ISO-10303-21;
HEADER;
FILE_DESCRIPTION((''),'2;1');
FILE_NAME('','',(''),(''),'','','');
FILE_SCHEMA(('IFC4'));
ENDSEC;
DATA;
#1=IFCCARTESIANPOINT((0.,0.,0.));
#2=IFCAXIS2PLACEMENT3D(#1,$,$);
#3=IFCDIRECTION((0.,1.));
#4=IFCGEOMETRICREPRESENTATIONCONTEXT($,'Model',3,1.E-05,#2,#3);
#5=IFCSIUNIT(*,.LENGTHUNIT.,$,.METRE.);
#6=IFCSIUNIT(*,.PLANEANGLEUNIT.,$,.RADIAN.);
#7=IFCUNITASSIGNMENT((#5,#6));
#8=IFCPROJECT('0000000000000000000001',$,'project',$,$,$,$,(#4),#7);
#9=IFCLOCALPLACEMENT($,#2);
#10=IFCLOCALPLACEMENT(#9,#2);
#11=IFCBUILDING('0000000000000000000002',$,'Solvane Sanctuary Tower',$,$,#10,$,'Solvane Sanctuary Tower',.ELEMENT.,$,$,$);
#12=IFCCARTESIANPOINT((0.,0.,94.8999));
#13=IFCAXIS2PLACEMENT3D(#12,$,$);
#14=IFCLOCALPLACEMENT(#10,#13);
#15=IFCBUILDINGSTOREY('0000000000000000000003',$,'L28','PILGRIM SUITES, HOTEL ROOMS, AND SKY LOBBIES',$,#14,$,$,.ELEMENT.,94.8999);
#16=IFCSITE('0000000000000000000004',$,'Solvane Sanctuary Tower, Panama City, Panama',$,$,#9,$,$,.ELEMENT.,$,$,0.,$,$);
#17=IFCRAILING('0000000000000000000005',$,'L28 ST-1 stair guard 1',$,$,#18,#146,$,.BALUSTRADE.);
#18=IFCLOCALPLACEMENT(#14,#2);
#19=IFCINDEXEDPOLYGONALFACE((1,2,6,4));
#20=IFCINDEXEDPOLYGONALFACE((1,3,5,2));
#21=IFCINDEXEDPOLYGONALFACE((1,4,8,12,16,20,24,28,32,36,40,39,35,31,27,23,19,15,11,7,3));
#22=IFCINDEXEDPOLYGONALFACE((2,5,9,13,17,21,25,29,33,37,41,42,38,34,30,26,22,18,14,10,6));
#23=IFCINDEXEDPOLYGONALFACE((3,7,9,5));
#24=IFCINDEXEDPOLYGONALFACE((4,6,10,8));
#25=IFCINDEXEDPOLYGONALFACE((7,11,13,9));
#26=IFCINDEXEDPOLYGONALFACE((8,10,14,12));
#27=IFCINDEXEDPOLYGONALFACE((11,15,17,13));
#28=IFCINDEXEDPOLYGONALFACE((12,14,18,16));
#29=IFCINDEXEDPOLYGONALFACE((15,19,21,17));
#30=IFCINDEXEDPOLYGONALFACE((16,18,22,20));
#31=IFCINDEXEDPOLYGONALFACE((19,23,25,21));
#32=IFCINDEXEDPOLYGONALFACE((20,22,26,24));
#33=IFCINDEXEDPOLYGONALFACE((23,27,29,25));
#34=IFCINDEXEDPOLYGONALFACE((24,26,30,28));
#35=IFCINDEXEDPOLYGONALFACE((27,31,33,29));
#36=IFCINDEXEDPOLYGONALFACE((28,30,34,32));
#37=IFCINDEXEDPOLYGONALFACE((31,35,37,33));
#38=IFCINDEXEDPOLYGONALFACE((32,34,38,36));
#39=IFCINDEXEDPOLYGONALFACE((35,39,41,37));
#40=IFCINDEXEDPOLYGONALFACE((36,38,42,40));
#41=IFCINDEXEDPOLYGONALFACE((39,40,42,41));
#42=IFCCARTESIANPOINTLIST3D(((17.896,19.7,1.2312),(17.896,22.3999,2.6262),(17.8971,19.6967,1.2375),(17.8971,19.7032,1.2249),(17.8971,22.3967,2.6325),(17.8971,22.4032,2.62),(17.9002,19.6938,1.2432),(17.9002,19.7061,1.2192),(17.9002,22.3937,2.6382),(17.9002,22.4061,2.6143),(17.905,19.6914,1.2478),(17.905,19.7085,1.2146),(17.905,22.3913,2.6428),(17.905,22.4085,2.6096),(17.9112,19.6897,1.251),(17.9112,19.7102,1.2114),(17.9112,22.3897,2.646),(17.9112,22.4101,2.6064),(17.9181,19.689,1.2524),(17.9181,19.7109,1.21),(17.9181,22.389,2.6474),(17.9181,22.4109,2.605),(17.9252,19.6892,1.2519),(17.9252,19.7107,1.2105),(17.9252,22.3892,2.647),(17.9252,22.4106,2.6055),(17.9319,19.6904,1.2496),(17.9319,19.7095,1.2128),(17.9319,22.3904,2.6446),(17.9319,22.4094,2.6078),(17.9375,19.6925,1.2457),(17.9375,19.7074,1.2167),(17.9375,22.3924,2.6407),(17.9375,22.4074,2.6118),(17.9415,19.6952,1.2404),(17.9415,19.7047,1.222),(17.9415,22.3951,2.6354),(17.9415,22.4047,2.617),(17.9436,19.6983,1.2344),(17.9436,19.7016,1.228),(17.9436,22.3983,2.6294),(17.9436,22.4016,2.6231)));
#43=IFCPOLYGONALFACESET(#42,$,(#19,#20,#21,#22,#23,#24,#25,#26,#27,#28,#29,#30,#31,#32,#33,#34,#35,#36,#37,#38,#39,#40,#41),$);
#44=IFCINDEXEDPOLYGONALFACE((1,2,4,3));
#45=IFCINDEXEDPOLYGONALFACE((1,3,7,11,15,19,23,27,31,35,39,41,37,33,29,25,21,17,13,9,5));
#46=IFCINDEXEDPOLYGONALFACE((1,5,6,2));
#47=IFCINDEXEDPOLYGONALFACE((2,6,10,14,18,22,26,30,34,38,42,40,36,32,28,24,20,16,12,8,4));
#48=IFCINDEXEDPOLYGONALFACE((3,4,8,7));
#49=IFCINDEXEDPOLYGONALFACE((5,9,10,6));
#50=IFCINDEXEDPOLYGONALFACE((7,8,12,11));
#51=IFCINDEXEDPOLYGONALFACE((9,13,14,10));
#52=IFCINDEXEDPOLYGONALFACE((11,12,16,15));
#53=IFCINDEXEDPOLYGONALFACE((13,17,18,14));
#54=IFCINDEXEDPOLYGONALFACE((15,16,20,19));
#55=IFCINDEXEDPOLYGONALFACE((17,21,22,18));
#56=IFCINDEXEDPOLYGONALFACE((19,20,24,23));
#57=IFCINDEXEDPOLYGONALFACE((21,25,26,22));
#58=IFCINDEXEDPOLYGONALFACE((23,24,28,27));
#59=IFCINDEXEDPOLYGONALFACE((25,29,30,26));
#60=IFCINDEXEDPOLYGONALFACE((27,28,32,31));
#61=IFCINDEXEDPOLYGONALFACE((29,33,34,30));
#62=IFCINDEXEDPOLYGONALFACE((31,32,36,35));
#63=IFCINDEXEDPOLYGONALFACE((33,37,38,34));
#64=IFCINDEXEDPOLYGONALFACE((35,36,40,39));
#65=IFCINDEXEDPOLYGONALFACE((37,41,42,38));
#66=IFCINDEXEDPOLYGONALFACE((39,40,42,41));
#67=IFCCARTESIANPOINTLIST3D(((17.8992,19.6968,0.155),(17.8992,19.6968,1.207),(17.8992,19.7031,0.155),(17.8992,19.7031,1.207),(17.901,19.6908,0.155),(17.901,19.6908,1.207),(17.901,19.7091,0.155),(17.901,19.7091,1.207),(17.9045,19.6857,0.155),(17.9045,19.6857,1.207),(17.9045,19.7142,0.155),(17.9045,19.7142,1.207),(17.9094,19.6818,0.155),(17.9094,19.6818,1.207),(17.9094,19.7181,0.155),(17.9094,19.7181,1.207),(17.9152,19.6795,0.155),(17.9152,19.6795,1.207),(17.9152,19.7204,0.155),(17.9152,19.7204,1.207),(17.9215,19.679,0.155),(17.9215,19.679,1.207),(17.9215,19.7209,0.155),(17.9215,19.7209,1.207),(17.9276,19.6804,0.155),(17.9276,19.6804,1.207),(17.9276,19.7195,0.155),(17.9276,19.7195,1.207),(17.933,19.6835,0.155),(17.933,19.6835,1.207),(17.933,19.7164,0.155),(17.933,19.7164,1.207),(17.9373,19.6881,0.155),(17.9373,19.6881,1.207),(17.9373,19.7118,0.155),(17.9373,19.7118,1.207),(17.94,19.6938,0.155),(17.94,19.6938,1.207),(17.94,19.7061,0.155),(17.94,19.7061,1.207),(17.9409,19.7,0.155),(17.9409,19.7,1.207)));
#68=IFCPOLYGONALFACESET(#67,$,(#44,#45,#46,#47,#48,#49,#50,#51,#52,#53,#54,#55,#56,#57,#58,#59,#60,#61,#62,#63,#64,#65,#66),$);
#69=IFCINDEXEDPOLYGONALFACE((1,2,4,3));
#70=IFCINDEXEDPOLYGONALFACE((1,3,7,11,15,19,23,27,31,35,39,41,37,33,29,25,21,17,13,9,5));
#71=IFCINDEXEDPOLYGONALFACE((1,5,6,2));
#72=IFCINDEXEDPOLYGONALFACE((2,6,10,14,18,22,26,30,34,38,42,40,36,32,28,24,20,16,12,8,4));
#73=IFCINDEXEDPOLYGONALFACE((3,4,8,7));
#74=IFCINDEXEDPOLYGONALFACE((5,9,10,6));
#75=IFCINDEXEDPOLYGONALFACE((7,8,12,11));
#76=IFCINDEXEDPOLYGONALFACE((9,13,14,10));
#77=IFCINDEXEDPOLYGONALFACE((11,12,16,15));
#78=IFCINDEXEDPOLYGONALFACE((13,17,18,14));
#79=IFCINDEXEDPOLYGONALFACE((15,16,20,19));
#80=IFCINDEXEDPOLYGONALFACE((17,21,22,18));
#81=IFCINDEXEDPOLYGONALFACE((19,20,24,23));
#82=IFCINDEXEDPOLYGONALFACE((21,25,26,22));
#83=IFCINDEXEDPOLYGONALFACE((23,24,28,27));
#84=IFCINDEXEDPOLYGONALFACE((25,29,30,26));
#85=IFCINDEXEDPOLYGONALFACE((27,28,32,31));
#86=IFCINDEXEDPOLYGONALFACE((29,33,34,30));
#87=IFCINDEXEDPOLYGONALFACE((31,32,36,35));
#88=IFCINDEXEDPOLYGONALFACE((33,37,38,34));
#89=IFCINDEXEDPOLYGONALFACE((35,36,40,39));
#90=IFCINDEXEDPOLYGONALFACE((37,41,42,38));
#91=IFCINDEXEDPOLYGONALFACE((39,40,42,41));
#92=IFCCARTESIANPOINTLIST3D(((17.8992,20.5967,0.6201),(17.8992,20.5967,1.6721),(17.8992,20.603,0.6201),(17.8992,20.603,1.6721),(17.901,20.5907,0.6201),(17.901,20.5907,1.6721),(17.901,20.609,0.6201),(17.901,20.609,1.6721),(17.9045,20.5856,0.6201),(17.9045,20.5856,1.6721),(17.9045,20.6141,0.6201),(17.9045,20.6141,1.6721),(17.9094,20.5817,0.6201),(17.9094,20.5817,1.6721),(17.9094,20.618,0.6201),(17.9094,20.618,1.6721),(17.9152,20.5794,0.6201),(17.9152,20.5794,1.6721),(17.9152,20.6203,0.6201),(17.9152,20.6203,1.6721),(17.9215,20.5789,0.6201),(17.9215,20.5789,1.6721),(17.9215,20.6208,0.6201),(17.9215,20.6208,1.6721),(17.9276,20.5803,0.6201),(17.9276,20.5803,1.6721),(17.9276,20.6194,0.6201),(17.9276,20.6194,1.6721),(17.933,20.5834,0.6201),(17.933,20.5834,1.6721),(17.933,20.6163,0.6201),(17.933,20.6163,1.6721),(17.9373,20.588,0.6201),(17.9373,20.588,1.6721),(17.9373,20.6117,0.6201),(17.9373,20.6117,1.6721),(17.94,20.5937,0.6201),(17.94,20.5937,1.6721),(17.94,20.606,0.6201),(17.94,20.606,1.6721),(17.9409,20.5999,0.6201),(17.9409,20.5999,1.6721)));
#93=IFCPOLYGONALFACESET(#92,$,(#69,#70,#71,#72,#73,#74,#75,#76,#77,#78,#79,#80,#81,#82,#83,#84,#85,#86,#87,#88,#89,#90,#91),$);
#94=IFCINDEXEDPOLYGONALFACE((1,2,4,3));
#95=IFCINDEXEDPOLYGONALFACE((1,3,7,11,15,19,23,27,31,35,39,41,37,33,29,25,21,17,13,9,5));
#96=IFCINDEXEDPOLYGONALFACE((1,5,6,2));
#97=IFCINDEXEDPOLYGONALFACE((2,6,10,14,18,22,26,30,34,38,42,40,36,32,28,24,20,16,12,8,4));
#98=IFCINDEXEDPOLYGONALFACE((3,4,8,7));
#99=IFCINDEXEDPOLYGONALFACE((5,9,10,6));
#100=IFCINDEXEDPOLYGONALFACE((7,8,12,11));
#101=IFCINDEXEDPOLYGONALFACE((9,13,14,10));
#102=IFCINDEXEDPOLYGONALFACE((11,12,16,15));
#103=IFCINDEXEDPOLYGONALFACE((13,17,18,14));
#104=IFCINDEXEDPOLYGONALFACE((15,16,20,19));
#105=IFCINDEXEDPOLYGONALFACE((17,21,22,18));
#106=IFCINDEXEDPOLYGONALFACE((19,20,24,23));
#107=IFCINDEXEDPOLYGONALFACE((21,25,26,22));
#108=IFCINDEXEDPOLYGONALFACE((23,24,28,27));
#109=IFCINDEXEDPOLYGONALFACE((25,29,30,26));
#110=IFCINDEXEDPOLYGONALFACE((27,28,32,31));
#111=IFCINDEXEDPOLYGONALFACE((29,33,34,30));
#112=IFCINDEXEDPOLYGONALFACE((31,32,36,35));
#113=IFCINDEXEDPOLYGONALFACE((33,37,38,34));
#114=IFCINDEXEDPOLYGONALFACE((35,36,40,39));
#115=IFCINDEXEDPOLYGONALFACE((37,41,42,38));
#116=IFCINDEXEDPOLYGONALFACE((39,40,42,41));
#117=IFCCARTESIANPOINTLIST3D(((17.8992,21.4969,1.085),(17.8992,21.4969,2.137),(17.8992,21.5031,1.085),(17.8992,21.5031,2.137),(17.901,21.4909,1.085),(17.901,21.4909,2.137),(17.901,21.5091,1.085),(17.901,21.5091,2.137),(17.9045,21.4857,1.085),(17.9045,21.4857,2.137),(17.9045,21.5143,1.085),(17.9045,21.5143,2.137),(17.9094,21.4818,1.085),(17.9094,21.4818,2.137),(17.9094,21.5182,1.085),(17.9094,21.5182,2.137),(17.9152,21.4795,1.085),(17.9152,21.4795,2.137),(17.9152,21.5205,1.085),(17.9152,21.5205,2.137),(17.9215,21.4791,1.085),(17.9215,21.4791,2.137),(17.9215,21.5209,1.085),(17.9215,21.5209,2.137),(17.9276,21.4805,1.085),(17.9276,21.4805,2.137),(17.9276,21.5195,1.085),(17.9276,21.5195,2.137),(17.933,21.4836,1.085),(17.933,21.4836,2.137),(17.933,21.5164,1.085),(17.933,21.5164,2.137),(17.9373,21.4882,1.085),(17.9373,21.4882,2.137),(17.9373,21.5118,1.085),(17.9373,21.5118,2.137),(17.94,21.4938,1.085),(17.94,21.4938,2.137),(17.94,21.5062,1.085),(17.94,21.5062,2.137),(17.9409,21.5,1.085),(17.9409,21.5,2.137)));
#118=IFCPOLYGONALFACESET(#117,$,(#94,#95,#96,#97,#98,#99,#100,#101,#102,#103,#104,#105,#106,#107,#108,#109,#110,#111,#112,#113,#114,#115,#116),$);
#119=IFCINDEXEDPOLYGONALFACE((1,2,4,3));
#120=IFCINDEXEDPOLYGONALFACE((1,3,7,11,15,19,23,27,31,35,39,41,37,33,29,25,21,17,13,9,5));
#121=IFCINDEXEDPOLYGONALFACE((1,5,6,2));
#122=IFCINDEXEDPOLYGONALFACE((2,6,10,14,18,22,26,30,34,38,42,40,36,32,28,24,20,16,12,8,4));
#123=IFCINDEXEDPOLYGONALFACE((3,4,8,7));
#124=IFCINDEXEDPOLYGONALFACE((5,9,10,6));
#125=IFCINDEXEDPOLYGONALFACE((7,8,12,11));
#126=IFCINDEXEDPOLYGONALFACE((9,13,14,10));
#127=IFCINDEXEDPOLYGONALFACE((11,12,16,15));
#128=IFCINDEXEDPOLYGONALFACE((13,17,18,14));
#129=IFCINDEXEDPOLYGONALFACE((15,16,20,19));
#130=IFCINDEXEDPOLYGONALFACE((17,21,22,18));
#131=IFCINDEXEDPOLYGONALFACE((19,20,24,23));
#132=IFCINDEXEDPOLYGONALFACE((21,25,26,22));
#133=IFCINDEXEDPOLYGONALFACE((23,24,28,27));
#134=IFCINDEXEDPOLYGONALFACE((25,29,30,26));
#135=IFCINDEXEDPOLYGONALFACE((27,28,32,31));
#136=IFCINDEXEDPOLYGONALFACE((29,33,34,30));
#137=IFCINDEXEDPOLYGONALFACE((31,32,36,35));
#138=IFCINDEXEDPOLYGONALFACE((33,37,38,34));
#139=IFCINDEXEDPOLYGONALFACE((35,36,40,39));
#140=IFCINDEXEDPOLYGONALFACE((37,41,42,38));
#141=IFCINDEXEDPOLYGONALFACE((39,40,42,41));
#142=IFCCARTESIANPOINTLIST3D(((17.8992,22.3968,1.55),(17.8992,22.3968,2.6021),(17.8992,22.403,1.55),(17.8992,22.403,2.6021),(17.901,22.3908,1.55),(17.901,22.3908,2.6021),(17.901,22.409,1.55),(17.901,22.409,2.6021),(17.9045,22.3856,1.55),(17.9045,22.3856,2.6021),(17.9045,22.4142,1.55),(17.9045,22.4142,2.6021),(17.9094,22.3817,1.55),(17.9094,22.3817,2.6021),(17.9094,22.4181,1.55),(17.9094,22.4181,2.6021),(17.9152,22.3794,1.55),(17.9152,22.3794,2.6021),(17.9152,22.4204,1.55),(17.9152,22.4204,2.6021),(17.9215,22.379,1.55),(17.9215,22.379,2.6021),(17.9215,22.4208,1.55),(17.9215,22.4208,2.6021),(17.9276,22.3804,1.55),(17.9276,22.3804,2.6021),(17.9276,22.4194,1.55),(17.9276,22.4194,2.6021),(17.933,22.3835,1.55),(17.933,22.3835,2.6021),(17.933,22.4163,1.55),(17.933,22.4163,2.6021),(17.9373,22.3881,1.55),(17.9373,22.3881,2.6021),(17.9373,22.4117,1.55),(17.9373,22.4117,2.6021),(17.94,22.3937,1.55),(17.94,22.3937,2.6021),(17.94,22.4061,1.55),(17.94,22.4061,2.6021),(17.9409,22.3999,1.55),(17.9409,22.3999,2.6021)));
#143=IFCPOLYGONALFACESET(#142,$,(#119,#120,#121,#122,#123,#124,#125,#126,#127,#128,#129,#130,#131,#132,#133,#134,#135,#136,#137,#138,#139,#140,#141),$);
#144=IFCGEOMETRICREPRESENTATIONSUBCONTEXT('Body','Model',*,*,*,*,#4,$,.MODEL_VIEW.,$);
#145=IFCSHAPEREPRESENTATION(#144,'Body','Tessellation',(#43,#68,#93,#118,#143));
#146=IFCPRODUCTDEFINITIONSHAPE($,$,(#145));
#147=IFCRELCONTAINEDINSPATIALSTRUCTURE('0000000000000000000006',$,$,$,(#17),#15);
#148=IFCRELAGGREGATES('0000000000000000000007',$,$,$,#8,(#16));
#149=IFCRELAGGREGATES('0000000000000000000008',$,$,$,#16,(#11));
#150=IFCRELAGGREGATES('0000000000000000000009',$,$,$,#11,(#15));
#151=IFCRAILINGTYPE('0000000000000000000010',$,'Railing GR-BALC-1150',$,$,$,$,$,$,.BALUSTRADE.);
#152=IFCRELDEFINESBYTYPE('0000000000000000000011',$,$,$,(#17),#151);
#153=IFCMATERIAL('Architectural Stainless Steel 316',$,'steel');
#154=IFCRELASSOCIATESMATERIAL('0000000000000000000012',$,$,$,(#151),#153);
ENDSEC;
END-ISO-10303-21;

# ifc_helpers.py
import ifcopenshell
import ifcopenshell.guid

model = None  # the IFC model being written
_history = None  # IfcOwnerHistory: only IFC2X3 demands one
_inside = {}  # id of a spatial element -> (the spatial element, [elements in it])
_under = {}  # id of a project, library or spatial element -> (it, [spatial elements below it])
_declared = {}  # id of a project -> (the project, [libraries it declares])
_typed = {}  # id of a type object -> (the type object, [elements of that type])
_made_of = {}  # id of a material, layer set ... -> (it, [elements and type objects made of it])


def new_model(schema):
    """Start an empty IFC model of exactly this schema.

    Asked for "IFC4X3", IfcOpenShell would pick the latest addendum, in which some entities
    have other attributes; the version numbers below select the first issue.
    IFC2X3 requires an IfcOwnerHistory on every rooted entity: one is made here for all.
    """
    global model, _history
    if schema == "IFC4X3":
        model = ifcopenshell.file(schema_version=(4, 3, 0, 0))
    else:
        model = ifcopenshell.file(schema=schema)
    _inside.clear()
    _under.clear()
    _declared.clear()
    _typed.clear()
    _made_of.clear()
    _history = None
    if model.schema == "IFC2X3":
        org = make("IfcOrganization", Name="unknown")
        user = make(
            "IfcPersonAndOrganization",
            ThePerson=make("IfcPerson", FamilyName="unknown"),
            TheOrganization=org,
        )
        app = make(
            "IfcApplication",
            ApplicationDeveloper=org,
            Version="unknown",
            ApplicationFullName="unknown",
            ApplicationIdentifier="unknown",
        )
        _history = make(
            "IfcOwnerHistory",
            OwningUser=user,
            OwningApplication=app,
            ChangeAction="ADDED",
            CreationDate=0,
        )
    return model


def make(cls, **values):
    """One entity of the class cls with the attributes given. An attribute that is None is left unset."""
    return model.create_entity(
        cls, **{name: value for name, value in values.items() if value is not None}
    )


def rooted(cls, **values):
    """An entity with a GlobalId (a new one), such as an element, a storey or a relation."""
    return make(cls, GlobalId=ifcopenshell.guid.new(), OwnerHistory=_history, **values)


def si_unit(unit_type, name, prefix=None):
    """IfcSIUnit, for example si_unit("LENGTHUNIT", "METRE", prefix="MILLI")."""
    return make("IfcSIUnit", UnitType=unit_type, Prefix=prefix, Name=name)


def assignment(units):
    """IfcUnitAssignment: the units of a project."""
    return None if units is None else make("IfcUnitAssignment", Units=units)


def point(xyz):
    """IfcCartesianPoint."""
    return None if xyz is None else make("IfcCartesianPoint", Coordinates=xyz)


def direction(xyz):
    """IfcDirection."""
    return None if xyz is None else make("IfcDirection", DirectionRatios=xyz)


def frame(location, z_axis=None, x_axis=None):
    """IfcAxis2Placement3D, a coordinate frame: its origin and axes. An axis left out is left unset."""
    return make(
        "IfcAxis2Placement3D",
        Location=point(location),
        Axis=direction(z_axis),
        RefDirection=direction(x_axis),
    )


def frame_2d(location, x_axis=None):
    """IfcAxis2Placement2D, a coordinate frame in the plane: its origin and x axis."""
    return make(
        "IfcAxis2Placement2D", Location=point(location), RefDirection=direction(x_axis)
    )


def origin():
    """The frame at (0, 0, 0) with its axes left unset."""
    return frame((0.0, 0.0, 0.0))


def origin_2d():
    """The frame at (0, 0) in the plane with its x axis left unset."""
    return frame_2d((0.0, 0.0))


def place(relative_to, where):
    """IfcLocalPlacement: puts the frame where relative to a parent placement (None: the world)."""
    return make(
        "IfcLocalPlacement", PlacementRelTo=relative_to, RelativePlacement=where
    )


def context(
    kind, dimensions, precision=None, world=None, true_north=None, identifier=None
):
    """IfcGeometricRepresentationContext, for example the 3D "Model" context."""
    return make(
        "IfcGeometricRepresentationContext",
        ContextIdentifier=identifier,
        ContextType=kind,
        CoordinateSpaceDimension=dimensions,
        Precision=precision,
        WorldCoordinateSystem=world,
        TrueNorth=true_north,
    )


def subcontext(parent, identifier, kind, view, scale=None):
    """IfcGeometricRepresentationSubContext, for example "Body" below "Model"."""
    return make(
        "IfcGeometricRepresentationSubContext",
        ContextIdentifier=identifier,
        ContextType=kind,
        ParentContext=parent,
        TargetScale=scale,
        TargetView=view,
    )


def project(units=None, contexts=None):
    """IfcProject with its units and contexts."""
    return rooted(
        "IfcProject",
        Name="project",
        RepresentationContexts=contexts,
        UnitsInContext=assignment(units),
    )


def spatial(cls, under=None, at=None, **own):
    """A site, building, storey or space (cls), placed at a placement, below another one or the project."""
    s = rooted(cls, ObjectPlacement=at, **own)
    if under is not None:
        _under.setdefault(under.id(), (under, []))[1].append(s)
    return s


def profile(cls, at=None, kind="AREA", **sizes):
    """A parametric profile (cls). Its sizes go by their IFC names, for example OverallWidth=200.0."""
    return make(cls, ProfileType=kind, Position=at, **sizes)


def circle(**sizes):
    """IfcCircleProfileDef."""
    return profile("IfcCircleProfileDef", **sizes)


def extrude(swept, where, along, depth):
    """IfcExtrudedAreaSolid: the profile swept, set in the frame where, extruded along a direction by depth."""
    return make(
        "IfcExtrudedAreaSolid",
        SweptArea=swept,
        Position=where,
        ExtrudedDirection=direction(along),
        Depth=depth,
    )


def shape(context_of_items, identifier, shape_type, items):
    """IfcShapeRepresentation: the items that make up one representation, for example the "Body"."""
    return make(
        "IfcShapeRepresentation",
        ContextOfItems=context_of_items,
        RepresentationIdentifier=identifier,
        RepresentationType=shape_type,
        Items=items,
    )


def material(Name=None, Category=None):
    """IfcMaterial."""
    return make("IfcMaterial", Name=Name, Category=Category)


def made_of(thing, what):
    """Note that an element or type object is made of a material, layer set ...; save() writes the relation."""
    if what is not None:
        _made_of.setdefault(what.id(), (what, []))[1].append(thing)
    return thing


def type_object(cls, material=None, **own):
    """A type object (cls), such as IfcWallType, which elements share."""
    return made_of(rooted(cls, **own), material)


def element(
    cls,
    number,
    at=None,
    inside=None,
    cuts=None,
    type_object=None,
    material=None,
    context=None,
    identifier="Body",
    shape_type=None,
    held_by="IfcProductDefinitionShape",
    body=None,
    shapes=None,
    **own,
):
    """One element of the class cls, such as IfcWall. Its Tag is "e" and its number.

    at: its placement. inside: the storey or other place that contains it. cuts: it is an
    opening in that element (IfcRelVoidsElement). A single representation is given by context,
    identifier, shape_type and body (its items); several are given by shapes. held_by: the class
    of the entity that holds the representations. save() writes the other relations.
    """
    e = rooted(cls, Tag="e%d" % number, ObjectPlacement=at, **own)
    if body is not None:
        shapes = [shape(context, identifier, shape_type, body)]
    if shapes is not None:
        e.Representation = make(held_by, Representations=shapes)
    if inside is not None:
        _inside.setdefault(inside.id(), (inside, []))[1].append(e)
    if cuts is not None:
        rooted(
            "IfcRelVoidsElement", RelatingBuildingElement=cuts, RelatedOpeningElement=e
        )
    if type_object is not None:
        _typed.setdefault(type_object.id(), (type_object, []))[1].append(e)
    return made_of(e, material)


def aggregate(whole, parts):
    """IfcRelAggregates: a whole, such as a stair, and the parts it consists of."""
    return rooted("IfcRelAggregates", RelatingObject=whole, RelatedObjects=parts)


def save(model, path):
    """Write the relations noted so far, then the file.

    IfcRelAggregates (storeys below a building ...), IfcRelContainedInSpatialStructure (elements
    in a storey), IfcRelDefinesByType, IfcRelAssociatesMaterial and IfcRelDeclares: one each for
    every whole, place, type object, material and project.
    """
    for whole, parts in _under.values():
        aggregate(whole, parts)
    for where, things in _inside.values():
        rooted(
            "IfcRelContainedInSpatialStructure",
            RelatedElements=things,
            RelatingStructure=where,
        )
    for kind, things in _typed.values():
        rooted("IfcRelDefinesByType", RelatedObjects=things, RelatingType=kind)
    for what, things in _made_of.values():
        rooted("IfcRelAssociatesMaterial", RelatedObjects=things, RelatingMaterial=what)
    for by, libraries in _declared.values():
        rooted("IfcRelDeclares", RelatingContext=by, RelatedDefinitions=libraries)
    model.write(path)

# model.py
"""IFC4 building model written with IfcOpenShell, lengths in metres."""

from ifc_helpers import new_model, si_unit, direction, frame, origin, origin_2d, place, context, subcontext, project, spatial, circle, extrude, material, type_object, element, save


model = new_model("IFC4")

# Units and contexts
model_context = context("Model", 3, precision=1e-05, world=origin(), true_north=direction((0.0, 1.0)))
body_context = subcontext(model_context, "Body", "Model", "MODEL_VIEW")
ifc_project = project(units=[si_unit("LENGTHUNIT", "METRE"), si_unit("PLANEANGLEUNIT", "RADIAN")], contexts=[model_context])

# Site, building, storey
site_placement = place(None, origin())
site = spatial("IfcSite", under=ifc_project, at=site_placement, Name="Solvane Sanctuary Tower, Panama City, Panama", CompositionType="ELEMENT", RefElevation=0.0)
building_placement = place(site_placement, origin())
building = spatial("IfcBuilding", under=site, at=building_placement, Name="Solvane Sanctuary Tower", LongName="Solvane Sanctuary Tower", CompositionType="ELEMENT")
storey_placement = place(building_placement, frame((0.0, 0.0, 94.8999)))
storey = spatial("IfcBuildingStorey", under=building, at=storey_placement, Name="L28", Description="PILGRIM SUITES, HOTEL ROOMS, AND SKY LOBBIES", CompositionType="ELEMENT", Elevation=94.8999)

# Shared definitions
ifc_material_1 = material(Name="Architectural Stainless Steel 316", Category="steel")

# Railing
railing_type_1 = type_object("IfcRailingType", Name="Railing GR-BALC-1150", PredefinedType="BALUSTRADE", material=ifc_material_1)
railing_1_placement = place(storey_placement, frame((17.9199, 19.7, 0.155)))
element("IfcRailing", 1, at=railing_1_placement, inside=storey, type_object=railing_type_1, Name="L28 ST-1 stair guard 1", PredefinedType="BALUSTRADE", context=body_context, shape_type="SweptSolid", body=[
    extrude(circle(Radius=0.0239, at=origin_2d()), frame((0.0, 0.0, 1.0762), z_axis=(0.0, 0.88842, 0.459032), x_axis=(-1.0, 0.0, 0.0)), (0.0, 0.0, 1.0), 3.0391),
    extrude(circle(Radius=0.021, at=origin_2d()), origin(), (0.0, 0.0, 1.0), 1.052),
    extrude(circle(Radius=0.021, at=origin_2d()), frame((0.0, 0.8999, 0.4651)), (0.0, 0.0, 1.0), 1.052),
    extrude(circle(Radius=0.021, at=origin_2d()), frame((0.0, 1.8, 0.9299)), (0.0, 0.0, 1.0), 1.052),
    extrude(circle(Radius=0.021, at=origin_2d()), frame((0.0, 2.7, 1.395)), (0.0, 0.0, 1.0), 1.052),
])

save(model, "model.ifc")
